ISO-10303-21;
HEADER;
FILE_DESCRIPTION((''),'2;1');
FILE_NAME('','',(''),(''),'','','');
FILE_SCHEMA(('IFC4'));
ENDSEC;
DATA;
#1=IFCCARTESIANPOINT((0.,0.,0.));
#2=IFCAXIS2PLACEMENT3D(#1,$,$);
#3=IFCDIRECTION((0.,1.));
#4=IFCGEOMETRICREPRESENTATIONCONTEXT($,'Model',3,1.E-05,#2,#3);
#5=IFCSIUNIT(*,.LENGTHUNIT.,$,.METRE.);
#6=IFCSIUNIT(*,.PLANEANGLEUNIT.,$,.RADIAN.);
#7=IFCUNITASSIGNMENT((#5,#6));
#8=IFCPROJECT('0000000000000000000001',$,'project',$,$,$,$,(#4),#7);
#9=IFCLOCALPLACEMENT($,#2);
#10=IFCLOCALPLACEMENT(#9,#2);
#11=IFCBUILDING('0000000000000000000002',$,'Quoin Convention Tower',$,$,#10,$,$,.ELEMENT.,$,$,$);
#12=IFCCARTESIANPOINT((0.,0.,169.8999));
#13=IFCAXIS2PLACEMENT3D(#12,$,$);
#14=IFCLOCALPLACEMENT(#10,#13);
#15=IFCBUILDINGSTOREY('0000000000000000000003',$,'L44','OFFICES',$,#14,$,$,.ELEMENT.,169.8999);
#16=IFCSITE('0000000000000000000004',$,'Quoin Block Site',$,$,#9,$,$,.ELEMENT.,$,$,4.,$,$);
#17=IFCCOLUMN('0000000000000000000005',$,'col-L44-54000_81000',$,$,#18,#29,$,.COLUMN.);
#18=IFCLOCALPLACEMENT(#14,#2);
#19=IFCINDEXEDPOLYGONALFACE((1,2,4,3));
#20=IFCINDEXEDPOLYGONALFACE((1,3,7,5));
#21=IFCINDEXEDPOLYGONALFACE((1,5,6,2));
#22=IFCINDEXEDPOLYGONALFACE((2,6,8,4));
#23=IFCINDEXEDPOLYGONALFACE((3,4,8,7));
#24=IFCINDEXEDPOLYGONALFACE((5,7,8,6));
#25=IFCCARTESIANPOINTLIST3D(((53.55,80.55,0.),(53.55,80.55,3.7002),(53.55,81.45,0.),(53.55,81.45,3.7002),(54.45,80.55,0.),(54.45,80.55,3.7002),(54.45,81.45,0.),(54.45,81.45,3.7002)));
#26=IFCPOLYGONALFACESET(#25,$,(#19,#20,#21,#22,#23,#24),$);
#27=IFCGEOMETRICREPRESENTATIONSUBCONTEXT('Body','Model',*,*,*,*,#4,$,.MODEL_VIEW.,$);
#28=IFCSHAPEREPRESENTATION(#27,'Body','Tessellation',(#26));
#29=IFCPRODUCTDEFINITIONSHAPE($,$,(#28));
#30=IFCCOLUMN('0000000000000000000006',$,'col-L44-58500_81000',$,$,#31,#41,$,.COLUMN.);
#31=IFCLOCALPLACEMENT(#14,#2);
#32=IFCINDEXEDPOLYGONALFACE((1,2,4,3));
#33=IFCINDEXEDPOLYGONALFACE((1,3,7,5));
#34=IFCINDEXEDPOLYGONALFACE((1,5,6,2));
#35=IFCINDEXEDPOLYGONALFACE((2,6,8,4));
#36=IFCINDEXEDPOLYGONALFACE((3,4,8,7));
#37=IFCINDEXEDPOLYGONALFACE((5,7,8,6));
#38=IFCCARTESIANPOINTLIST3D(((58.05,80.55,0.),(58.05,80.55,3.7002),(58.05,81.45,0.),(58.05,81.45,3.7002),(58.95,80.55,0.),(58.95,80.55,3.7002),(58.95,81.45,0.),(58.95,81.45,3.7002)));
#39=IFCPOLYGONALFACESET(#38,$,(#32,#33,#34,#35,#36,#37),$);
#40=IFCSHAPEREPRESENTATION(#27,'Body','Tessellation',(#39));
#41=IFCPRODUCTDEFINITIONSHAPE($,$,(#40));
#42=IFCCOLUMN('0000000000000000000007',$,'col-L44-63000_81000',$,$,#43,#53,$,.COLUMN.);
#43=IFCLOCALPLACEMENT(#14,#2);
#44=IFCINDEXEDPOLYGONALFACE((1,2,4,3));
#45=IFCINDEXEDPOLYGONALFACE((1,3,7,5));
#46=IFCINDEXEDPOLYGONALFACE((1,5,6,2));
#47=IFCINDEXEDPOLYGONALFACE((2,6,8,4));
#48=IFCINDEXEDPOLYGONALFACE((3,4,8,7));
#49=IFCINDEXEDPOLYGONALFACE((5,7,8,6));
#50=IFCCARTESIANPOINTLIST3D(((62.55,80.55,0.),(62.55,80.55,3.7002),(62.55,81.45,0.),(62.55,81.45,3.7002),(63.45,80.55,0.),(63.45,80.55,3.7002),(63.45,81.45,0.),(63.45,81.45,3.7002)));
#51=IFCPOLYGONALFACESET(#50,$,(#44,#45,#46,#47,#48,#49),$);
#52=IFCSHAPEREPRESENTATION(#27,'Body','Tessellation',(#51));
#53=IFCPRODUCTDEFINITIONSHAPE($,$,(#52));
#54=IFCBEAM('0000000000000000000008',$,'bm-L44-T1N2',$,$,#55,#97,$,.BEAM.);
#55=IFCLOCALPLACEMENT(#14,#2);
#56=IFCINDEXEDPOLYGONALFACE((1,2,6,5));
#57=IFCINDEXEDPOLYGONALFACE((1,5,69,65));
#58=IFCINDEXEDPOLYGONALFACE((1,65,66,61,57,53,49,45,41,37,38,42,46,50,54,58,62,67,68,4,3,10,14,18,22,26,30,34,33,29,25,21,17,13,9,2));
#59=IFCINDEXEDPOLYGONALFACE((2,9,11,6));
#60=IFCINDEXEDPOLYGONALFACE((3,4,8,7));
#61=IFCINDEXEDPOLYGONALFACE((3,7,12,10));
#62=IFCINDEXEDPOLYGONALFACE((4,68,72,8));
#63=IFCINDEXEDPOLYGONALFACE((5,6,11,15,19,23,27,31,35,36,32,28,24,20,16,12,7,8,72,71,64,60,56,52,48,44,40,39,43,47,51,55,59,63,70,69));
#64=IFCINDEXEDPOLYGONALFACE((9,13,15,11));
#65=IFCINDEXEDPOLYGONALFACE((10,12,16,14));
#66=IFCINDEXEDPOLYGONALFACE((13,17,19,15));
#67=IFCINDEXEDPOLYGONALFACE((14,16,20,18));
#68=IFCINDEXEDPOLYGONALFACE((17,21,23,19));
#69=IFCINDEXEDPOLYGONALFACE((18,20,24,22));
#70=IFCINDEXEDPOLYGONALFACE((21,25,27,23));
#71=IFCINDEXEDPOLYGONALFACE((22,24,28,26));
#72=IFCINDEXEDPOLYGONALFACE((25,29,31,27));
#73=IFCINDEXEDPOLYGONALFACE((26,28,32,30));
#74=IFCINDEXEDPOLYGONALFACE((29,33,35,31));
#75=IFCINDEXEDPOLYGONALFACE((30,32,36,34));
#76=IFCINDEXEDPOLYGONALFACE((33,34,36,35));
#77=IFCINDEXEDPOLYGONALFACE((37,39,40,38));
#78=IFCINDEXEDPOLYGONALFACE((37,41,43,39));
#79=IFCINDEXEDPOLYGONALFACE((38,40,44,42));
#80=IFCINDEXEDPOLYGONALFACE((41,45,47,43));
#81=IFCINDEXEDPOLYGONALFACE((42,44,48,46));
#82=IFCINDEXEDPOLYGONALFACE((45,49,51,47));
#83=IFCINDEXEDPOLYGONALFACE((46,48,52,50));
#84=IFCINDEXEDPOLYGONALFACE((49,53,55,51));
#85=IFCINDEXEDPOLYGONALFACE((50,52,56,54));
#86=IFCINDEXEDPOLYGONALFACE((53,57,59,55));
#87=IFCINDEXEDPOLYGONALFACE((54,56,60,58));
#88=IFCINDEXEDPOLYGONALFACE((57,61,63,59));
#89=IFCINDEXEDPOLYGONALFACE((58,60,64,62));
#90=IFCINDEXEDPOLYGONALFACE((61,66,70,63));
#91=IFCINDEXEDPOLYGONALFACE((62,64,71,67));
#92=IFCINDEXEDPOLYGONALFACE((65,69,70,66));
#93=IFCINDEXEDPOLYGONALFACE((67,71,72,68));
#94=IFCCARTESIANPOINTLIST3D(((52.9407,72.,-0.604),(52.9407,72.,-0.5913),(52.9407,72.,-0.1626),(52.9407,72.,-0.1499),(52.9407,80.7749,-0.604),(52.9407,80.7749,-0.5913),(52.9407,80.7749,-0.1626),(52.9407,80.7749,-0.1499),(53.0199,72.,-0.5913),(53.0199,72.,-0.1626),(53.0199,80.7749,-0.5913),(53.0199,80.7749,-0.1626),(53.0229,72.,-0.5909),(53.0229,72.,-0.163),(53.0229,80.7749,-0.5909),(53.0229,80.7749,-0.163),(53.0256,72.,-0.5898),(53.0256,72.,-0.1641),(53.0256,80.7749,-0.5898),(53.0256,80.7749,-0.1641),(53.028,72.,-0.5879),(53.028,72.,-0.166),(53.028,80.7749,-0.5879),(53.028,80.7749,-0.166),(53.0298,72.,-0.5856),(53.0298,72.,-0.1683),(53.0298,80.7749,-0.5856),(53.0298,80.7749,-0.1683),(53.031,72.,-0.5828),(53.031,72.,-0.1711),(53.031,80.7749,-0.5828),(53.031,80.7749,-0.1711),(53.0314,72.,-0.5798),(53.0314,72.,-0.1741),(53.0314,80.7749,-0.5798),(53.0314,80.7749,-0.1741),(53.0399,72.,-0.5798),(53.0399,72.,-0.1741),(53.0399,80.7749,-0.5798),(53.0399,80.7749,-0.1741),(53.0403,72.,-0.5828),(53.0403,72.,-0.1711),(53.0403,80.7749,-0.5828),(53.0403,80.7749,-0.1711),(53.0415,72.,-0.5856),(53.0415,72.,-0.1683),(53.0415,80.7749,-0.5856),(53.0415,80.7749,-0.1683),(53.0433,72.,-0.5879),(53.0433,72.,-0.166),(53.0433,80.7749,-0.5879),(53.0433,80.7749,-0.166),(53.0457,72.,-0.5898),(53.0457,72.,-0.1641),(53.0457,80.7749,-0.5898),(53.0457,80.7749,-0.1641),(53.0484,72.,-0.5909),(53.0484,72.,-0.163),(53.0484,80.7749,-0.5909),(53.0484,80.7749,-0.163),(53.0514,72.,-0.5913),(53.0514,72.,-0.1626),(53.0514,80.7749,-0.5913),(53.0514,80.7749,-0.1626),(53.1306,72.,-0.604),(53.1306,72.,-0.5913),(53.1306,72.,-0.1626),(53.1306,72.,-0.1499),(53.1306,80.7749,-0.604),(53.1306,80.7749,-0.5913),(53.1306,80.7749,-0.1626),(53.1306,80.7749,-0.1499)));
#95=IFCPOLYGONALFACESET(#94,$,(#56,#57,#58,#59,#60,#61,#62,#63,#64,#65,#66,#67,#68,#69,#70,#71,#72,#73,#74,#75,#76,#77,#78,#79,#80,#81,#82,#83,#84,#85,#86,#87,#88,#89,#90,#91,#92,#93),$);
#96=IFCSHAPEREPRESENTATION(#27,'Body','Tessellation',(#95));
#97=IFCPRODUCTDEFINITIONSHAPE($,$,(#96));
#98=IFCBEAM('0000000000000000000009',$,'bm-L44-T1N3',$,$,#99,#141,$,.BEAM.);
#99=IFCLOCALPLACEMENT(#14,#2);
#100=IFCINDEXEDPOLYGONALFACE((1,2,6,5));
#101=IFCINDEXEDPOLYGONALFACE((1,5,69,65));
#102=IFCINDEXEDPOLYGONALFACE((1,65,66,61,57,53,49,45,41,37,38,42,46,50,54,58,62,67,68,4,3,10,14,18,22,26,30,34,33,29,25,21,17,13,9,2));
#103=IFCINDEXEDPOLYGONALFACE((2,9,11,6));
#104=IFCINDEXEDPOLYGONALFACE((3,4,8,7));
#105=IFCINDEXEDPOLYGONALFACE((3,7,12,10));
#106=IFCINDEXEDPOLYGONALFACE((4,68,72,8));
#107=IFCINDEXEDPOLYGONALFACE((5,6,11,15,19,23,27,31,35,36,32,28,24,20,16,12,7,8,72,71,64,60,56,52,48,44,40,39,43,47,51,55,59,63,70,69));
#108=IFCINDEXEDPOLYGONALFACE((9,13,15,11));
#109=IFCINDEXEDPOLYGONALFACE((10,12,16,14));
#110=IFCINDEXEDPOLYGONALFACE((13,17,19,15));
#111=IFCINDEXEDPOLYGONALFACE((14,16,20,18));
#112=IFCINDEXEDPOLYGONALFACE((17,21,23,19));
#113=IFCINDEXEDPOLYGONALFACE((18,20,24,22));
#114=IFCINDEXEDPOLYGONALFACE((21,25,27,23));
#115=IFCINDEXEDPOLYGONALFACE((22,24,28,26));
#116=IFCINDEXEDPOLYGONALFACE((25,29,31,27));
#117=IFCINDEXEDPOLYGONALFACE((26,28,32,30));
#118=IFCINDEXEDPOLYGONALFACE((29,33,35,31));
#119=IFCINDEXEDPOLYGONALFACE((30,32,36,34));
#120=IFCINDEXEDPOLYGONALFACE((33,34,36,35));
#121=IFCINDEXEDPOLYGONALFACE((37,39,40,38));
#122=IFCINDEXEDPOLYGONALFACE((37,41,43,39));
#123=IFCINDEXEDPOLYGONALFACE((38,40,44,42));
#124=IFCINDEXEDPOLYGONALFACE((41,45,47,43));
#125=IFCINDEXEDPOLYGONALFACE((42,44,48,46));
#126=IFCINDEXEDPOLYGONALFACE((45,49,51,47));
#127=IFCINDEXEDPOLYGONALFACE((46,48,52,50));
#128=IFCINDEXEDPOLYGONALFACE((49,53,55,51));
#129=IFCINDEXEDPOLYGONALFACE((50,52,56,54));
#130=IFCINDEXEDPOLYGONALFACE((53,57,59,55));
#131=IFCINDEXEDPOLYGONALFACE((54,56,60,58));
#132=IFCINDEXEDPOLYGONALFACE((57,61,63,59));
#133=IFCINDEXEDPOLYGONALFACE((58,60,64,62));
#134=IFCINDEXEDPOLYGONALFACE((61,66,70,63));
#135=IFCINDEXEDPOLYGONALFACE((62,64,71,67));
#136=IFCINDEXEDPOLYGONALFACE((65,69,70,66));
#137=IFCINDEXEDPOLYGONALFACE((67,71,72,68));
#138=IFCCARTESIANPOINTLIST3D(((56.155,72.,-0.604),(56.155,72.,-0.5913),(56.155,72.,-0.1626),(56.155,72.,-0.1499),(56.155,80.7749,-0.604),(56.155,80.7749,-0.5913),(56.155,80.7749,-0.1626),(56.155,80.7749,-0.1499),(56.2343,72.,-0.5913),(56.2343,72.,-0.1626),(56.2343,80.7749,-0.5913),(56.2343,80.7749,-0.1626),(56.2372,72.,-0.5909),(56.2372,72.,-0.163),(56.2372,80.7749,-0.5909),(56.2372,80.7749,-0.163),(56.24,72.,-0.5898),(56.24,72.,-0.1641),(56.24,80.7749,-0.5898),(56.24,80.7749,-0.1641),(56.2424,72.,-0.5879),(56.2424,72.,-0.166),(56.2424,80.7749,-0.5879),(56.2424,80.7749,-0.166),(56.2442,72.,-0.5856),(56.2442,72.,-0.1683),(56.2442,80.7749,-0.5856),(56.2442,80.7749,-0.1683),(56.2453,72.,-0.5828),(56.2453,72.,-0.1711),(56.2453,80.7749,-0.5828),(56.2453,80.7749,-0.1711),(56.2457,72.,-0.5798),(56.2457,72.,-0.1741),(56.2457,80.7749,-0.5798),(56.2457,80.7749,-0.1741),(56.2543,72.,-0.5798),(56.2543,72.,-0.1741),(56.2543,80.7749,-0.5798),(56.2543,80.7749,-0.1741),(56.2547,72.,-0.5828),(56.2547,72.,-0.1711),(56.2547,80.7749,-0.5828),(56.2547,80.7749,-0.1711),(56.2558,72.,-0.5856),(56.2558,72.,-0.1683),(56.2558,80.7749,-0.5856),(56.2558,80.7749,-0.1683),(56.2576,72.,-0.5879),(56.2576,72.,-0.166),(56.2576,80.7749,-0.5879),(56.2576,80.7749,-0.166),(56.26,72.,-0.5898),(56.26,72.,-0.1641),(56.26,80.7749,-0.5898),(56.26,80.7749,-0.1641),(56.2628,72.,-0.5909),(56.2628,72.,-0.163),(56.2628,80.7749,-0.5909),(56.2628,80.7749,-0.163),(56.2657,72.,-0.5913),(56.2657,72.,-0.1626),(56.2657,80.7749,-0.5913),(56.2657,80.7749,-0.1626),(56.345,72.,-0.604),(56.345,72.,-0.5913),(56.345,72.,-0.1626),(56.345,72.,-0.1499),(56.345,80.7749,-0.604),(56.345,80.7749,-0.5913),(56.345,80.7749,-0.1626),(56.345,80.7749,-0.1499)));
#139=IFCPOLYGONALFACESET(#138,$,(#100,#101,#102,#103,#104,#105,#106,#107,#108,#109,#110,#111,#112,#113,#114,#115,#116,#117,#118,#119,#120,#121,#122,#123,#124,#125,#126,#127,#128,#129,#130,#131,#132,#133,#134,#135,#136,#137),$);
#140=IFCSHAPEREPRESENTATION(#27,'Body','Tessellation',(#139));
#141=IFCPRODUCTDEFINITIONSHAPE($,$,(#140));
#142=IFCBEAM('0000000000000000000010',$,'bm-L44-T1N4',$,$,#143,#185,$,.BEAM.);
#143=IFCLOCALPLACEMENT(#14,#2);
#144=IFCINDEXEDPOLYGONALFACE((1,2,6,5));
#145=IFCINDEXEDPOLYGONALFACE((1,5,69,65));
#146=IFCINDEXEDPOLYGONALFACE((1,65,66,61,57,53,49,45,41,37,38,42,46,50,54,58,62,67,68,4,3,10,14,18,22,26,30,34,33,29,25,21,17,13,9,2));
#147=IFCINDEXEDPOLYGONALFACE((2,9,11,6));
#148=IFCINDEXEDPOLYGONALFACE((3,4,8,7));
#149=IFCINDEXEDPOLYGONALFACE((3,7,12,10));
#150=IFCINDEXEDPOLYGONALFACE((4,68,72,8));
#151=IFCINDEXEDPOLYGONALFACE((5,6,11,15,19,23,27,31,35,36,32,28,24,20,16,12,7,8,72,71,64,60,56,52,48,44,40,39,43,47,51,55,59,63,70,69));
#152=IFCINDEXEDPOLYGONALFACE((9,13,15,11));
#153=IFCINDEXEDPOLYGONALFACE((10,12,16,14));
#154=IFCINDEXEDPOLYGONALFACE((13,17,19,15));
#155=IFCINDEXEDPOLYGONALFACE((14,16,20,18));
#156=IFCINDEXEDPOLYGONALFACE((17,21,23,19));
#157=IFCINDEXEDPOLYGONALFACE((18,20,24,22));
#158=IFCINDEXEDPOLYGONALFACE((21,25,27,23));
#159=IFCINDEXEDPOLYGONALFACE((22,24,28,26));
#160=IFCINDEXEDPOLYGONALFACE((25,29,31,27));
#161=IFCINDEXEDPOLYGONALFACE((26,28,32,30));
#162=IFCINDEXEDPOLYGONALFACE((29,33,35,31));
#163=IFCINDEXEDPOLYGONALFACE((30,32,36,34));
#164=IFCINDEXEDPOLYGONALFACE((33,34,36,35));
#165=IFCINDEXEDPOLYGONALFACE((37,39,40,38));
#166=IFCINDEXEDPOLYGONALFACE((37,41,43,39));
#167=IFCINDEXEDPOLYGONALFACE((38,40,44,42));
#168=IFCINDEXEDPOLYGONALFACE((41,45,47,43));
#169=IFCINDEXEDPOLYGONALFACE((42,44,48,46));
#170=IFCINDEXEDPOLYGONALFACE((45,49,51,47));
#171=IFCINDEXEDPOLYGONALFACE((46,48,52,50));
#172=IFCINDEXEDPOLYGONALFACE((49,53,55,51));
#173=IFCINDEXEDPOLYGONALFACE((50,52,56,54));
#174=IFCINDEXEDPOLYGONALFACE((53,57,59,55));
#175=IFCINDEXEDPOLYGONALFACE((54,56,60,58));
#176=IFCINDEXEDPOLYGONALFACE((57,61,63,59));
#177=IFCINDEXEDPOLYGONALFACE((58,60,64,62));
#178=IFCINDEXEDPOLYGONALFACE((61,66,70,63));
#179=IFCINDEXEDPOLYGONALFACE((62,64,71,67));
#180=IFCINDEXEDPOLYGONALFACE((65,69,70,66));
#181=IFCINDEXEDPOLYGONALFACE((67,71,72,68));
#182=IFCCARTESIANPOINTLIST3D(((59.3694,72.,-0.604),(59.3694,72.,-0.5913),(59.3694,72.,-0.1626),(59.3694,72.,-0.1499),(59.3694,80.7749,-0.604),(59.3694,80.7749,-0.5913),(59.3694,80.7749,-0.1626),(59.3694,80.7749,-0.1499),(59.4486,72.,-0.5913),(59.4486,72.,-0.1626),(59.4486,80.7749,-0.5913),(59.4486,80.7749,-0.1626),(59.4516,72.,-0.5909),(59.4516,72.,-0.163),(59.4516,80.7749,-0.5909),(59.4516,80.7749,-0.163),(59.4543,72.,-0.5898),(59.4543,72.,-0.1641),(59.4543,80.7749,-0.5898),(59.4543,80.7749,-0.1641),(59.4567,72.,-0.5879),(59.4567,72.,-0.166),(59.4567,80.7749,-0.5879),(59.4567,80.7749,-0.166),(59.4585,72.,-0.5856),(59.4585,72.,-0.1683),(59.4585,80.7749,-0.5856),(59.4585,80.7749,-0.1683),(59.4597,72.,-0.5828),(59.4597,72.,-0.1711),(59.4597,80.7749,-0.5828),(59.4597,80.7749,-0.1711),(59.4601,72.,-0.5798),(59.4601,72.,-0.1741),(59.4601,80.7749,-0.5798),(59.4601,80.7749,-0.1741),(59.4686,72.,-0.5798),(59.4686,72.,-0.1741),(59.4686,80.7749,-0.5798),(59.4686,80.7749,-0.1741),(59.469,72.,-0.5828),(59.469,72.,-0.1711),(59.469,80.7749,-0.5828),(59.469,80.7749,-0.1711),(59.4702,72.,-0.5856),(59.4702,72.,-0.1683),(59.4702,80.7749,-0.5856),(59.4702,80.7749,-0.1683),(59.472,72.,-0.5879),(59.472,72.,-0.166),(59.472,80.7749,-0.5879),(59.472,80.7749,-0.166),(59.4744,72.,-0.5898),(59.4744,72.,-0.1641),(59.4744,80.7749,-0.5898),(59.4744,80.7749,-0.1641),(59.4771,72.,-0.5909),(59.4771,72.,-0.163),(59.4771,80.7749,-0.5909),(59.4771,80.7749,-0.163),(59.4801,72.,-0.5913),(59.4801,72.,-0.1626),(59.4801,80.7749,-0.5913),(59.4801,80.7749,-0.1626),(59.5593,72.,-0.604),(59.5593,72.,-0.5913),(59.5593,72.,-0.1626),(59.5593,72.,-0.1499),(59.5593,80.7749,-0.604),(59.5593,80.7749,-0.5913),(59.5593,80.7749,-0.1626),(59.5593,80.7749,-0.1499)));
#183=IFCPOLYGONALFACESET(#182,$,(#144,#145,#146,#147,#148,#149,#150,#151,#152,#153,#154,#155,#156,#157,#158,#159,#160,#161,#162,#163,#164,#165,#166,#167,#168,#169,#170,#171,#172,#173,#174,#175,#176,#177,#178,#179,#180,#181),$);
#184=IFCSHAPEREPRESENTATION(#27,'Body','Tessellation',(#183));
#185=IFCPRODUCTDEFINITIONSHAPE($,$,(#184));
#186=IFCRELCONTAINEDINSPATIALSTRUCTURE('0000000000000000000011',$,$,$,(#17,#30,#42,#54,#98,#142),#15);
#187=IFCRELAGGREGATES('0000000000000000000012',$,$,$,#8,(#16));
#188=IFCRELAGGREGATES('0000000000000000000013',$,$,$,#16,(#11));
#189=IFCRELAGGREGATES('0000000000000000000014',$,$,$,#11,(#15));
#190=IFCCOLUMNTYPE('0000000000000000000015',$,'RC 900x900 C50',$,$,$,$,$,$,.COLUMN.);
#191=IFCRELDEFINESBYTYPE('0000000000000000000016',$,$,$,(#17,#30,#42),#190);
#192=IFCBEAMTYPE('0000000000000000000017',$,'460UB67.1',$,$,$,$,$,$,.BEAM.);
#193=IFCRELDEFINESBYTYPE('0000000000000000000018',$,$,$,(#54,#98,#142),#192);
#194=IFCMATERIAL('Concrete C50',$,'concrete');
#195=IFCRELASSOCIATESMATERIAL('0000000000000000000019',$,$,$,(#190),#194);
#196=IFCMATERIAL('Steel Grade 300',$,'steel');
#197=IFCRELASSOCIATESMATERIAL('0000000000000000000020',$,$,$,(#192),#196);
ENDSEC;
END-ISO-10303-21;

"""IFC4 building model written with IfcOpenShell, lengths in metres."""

from ifc_helpers import new_model, si_unit, direction, frame, origin, origin_2d, place, context, subcontext, project, spatial, rectangle, i_section, extrude, material, material_profile, profile_set, type_object, element, save


model = new_model("IFC4")

# Units and contexts
model_context = context("Model", 3, precision=1e-05, world=origin(), true_north=direction((0.0, 1.0)))
body_context = subcontext(model_context, "Body", "Model", "MODEL_VIEW")
ifc_project = project(units=[si_unit("LENGTHUNIT", "METRE"), si_unit("PLANEANGLEUNIT", "RADIAN")], contexts=[model_context])

# Site, building, storey
site_placement = place(None, origin())
site = spatial("IfcSite", under=ifc_project, at=site_placement, Name="Quoin Block Site", CompositionType="ELEMENT", RefElevation=4.0)
building_placement = place(site_placement, origin())
building = spatial("IfcBuilding", under=site, at=building_placement, Name="Quoin Convention Tower", CompositionType="ELEMENT")
storey_placement = place(building_placement, frame((0.0, 0.0, 169.8999)))
storey = spatial("IfcBuildingStorey", under=building, at=storey_placement, Name="L44", Description="OFFICES", CompositionType="ELEMENT", Elevation=169.8999)

# Columns
ifc_material_1 = material(Name="Concrete C50", Category="concrete")
ifc_material_profile_1 = material_profile(ifc_material_1, rectangle(XDim=0.8999, YDim=0.8999, at=origin_2d()), Name="RC 900x900")
ifc_profile_set_1 = profile_set([ifc_material_profile_1], Name="Concrete C50")
column_type = type_object("IfcColumnType", Name="RC 900x900 C50", PredefinedType="COLUMN", material=ifc_profile_set_1)
for number, where, z_axis, x_axis, name in (
    (1, (54.0, 81.0, 0.0), (0.0, 0.0, 1.0), (1.0, 0.0, 0.0), "col-L44-54000_81000"),
    (2, (58.5, 81.0, 0.0), (0.0, 0.0, 1.0), (1.0, 0.0, 0.0), "col-L44-58500_81000"),
    (3, (63.0, 81.0, 0.0), (0.0, 0.0, 1.0), (1.0, 0.0, 0.0), "col-L44-63000_81000"),
):
    element("IfcColumn", number, at=place(storey_placement, frame(where, z_axis=z_axis, x_axis=x_axis)), inside=storey, type_object=column_type, Name=name, PredefinedType="COLUMN", context=body_context, shape_type="SweptSolid", body=[
        extrude(rectangle(XDim=0.8999, YDim=0.8999, at=origin_2d()), origin(), (0.0, 0.0, 1.0), 3.7002),
    ])

# Beams
ifc_material_2 = material(Name="Steel Grade 300", Category="steel")
ifc_material_profile_2 = material_profile(ifc_material_2, i_section(OverallWidth=0.1899, OverallDepth=0.4541, WebThickness=0.0085, FlangeThickness=0.0127, FilletRadius=0.0115, at=origin_2d()), Name="460UB67.1")
ifc_profile_set_2 = profile_set([ifc_material_profile_2], Name="Steel Grade 300")
beam_type_1 = type_object("IfcBeamType", Name="460UB67.1", PredefinedType="BEAM", material=ifc_profile_set_2)
for number, where, z_axis, x_axis, name in (
    (4, (53.0356, 72.0, -0.377), (0.0, 1.0, 0.0), (-1.0, 0.0, 0.0), "bm-L44-T1N2"),
    (5, (56.25, 72.0, -0.377), (0.0, 1.0, 0.0), (-1.0, 0.0, 0.0), "bm-L44-T1N3"),
    (6, (59.4644, 72.0, -0.377), (0.0, 1.0, 0.0), (-1.0, 0.0, 0.0), "bm-L44-T1N4"),
):
    element("IfcBeam", number, at=place(storey_placement, frame(where, z_axis=z_axis, x_axis=x_axis)), inside=storey, type_object=beam_type_1, Name=name, PredefinedType="BEAM", context=body_context, shape_type="SweptSolid", body=[
        extrude(i_section(OverallWidth=0.1899, OverallDepth=0.4541, WebThickness=0.0085, FlangeThickness=0.0127, FilletRadius=0.0115, at=origin_2d()), origin(), (0.0, 0.0, 1.0), 8.7749),
    ])

save(model, "model.ifc")
